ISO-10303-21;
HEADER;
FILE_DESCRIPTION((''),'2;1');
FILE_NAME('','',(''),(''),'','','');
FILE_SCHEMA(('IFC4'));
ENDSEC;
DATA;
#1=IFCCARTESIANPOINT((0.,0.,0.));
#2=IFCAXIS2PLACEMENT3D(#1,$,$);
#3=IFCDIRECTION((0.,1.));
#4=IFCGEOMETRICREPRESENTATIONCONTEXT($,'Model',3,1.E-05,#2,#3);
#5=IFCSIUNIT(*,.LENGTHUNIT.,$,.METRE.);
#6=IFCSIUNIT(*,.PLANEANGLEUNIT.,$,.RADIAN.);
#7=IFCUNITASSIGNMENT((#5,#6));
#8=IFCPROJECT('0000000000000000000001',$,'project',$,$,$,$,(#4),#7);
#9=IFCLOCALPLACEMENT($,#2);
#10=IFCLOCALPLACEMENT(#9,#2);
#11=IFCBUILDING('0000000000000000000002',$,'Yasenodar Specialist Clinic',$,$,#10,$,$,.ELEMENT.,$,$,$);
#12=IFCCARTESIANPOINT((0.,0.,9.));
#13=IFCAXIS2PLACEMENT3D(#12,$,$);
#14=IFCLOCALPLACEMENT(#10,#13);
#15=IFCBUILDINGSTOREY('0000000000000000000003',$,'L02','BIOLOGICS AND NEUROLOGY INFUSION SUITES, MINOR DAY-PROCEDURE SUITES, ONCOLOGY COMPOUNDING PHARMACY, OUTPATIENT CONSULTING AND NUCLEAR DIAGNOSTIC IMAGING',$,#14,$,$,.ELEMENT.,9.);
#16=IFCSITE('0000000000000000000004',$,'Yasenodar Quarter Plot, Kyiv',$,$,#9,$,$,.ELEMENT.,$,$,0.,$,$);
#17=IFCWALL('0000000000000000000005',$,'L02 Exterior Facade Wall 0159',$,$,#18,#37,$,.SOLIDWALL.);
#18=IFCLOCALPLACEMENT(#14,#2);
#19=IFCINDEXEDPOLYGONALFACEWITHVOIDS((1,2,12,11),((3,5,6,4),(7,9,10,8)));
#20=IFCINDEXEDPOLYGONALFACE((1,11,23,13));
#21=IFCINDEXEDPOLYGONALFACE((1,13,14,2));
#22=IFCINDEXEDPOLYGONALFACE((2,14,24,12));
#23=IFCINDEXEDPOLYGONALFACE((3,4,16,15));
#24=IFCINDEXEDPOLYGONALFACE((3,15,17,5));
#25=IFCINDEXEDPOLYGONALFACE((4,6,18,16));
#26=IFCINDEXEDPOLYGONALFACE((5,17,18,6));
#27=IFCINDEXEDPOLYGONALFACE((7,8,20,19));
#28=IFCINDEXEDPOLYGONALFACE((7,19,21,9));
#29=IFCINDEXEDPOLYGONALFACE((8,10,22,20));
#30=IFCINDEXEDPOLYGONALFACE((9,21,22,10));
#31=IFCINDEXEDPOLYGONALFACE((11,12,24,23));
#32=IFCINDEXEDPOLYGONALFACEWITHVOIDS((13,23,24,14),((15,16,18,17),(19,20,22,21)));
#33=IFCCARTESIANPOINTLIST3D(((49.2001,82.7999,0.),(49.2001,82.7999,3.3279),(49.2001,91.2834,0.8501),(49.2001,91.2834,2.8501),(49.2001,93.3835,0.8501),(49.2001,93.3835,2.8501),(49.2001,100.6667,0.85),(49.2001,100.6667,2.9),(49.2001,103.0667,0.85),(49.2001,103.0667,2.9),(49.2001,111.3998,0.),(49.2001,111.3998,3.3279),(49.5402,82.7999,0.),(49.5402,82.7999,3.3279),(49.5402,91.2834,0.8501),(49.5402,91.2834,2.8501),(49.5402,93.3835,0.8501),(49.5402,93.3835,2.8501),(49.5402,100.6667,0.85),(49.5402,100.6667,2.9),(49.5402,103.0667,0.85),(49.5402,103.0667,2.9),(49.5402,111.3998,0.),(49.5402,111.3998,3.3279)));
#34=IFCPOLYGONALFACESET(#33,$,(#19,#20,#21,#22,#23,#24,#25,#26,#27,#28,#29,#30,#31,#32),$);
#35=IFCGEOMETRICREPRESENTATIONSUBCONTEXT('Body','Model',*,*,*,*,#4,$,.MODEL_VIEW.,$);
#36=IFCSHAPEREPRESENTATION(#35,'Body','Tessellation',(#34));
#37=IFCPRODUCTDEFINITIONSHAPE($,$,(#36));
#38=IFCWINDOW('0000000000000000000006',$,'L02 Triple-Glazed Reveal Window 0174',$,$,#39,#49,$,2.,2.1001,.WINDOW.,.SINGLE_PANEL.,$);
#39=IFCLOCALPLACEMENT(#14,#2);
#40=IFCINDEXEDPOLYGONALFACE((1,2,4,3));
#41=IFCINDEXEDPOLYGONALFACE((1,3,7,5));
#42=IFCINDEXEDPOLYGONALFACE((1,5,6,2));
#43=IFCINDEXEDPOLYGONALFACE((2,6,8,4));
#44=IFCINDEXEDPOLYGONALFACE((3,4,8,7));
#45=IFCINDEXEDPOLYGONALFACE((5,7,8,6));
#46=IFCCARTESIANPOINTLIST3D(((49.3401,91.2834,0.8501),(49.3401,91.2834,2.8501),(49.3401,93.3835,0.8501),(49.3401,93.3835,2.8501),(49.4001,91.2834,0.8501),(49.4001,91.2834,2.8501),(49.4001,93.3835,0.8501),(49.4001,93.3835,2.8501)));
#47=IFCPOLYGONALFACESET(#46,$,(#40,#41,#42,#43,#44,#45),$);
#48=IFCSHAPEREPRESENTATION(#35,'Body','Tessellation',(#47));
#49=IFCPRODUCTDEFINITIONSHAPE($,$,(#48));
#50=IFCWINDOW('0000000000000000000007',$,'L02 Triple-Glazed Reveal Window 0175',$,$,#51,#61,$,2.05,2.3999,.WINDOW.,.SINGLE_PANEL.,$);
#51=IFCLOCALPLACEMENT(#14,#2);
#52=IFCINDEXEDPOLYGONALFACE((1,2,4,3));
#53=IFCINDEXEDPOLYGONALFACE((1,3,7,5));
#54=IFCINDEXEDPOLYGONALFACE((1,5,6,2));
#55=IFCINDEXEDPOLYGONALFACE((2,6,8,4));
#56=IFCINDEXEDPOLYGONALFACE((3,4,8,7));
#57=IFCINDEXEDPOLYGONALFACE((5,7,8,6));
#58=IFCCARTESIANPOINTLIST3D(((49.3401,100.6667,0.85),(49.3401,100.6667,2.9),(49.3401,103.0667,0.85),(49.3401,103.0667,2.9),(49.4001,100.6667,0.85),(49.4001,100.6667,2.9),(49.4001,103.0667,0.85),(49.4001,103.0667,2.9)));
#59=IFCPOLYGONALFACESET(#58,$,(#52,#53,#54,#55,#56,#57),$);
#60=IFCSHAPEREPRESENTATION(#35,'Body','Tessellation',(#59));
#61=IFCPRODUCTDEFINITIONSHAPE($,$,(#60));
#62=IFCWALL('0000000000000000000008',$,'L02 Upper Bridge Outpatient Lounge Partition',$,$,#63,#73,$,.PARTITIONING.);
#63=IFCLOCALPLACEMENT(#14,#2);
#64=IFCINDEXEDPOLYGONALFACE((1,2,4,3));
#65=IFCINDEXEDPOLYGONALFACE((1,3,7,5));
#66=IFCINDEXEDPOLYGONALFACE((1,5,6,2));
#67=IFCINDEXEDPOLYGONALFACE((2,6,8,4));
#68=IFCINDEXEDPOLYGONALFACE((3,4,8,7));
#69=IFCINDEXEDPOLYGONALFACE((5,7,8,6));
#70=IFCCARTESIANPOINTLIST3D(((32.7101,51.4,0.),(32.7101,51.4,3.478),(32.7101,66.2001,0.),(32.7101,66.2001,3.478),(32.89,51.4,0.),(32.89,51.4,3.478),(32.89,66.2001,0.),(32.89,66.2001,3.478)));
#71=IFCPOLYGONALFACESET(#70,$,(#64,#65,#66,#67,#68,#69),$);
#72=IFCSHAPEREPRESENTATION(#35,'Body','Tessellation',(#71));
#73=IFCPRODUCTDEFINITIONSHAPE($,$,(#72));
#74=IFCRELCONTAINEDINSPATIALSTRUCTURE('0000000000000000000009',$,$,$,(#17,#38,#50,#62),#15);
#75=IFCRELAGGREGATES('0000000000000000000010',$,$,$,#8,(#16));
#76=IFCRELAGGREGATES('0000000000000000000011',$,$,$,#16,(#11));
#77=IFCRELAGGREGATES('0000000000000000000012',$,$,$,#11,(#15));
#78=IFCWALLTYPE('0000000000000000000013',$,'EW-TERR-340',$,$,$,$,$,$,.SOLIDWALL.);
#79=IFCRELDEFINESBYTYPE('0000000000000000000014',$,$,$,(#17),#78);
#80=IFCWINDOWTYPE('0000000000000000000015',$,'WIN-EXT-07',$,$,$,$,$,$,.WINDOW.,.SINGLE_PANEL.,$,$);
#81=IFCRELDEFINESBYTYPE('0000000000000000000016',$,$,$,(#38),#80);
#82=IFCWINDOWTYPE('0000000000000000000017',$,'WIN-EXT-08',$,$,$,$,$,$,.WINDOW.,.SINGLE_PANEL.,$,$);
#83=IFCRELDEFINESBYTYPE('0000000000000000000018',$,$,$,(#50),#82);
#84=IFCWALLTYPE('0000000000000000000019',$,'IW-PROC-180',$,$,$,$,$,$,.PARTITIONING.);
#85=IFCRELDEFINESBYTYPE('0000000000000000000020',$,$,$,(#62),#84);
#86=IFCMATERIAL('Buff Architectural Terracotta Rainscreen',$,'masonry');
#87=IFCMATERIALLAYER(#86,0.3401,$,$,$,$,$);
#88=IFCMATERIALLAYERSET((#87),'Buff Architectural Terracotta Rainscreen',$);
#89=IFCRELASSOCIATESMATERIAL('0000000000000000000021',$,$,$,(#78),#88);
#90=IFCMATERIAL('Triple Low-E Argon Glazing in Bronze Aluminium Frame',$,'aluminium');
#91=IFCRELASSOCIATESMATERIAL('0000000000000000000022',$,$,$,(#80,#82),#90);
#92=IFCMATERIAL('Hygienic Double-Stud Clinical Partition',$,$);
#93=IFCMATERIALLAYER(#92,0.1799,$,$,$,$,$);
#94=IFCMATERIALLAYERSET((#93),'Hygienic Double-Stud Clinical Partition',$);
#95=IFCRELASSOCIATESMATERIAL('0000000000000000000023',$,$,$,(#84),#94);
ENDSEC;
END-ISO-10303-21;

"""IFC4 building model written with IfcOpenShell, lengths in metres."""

from ifc_helpers import new_model, si_unit, direction, frame, frame_2d, origin, place, context, subcontext, project, spatial, rectangle, extrude, material, layer, layer_set, type_object, element, fill, save


model = new_model("IFC4")

# Units and contexts
model_context = context("Model", 3, precision=1e-05, world=origin(), true_north=direction((0.0, 1.0)))
body_context = subcontext(model_context, "Body", "Model", "MODEL_VIEW")
ifc_project = project(units=[si_unit("LENGTHUNIT", "METRE"), si_unit("PLANEANGLEUNIT", "RADIAN")], contexts=[model_context])

# Site, building, storey
site_placement = place(None, origin())
site = spatial("IfcSite", under=ifc_project, at=site_placement, Name="Yasenodar Quarter Plot, Kyiv", CompositionType="ELEMENT", RefElevation=0.0)
building_placement = place(site_placement, origin())
building = spatial("IfcBuilding", under=site, at=building_placement, Name="Yasenodar Specialist Clinic", CompositionType="ELEMENT")
storey_placement = place(building_placement, frame((0.0, 0.0, 9.0)))
storey = spatial("IfcBuildingStorey", under=building, at=storey_placement, Name="L02", Description="BIOLOGICS AND NEUROLOGY INFUSION SUITES, MINOR DAY-PROCEDURE SUITES, ONCOLOGY COMPOUNDING PHARMACY, OUTPATIENT CONSULTING AND NUCLEAR DIAGNOSTIC IMAGING", CompositionType="ELEMENT", Elevation=9.0)

# Wall, openings, windows
ifc_material_1 = material(Name="Buff Architectural Terracotta Rainscreen", Category="masonry")
ifc_layer_1 = layer(ifc_material_1, 0.3401)
ifc_layer_set_1 = layer_set([ifc_layer_1], Name="Buff Architectural Terracotta Rainscreen")
wall_type_1 = type_object("IfcWallType", Name="EW-TERR-340", PredefinedType="SOLIDWALL", material=ifc_layer_set_1)
wall_1_placement = place(storey_placement, frame((49.3701, 82.8, 0.0), z_axis=(0.0, 0.0, 1.0), x_axis=(0.0, 1.0, 0.0)))
wall_1 = element("IfcWall", 1, at=wall_1_placement, inside=storey, type_object=wall_type_1, Name="L02 Exterior Facade Wall 0159", PredefinedType="SOLIDWALL", context=body_context, shape_type="SweptSolid", body=[
    extrude(rectangle(XDim=28.5999, YDim=0.3401, at=frame_2d((14.2998, 0.0))), origin(), (0.0, 0.0, 1.0), 3.3279),
])
opening_1_placement = place(wall_1_placement, frame((8.4834, 0.0, 0.8501)))
opening_1 = element("IfcOpeningElement", 2, at=opening_1_placement, cuts=wall_1, PredefinedType="OPENING", context=body_context, shape_type="SweptSolid", body=[
    extrude(rectangle(XDim=2.1001, YDim=2.0, at=frame_2d((1.05, 1.0))), frame((0.0, 0.1802, 0.0), z_axis=(0.0, -1.0, 0.0), x_axis=(1.0, 0.0, 0.0)), (0.0, 0.0, 1.0), 0.3601),
])
opening_2_placement = place(wall_1_placement, frame((17.8667, 0.0, 0.8501)))
opening_2 = element("IfcOpeningElement", 3, at=opening_2_placement, cuts=wall_1, PredefinedType="OPENING", context=body_context, shape_type="SweptSolid", body=[
    extrude(rectangle(XDim=2.3999, YDim=2.05, at=frame_2d((1.2, 1.0249))), frame((0.0, 0.1802, 0.0), z_axis=(0.0, -1.0, 0.0), x_axis=(1.0, 0.0, 0.0)), (0.0, 0.0, 1.0), 0.3601),
])
ifc_material_2 = material(Name="Triple Low-E Argon Glazing in Bronze Aluminium Frame", Category="aluminium")
window_type_1 = type_object("IfcWindowType", Name="WIN-EXT-07", PartitioningType="SINGLE_PANEL", PredefinedType="WINDOW", material=ifc_material_2)
window_1_placement = place(opening_1_placement, origin())
window_1 = element("IfcWindow", 4, at=window_1_placement, inside=storey, type_object=window_type_1, Name="L02 Triple-Glazed Reveal Window 0174", OverallHeight=2.0, OverallWidth=2.1001, PartitioningType="SINGLE_PANEL", PredefinedType="WINDOW", context=body_context, shape_type="SweptSolid", body=[
    extrude(rectangle(XDim=2.1001, YDim=2.0, at=frame_2d((1.05, 1.0))), frame((0.0, 0.03, 0.0), z_axis=(0.0, -1.0, 0.0), x_axis=(1.0, 0.0, 0.0)), (0.0, 0.0, 1.0), 0.0601),
])
fill(opening_1, window_1)
window_type_2 = type_object("IfcWindowType", Name="WIN-EXT-08", PartitioningType="SINGLE_PANEL", PredefinedType="WINDOW", material=ifc_material_2)
window_2_placement = place(opening_2_placement, origin())
window_2 = element("IfcWindow", 5, at=window_2_placement, inside=storey, type_object=window_type_2, Name="L02 Triple-Glazed Reveal Window 0175", OverallHeight=2.05, OverallWidth=2.3999, PartitioningType="SINGLE_PANEL", PredefinedType="WINDOW", context=body_context, shape_type="SweptSolid", body=[
    extrude(rectangle(XDim=2.3999, YDim=2.05, at=frame_2d((1.2, 1.0249))), frame((0.0, 0.03, 0.0), z_axis=(0.0, -1.0, 0.0), x_axis=(1.0, 0.0, 0.0)), (0.0, 0.0, 1.0), 0.0601),
])
fill(opening_2, window_2)

# Wall
ifc_material_3 = material(Name="Hygienic Double-Stud Clinical Partition")
ifc_layer_2 = layer(ifc_material_3, 0.1799)
ifc_layer_set_2 = layer_set([ifc_layer_2], Name="Hygienic Double-Stud Clinical Partition")
wall_type_2 = type_object("IfcWallType", Name="IW-PROC-180", PredefinedType="PARTITIONING", material=ifc_layer_set_2)
wall_2_placement = place(storey_placement, frame((32.8, 66.2, 0.0), z_axis=(0.0, 0.0, 1.0), x_axis=(0.0, -1.0, 0.0)))
element("IfcWall", 6, at=wall_2_placement, inside=storey, type_object=wall_type_2, Name="L02 Upper Bridge Outpatient Lounge Partition", PredefinedType="PARTITIONING", context=body_context, shape_type="SweptSolid", body=[
    extrude(rectangle(XDim=14.8, YDim=0.1799, at=frame_2d((7.3999, 0.0))), origin(), (0.0, 0.0, 1.0), 3.478),
])

save(model, "model.ifc")
